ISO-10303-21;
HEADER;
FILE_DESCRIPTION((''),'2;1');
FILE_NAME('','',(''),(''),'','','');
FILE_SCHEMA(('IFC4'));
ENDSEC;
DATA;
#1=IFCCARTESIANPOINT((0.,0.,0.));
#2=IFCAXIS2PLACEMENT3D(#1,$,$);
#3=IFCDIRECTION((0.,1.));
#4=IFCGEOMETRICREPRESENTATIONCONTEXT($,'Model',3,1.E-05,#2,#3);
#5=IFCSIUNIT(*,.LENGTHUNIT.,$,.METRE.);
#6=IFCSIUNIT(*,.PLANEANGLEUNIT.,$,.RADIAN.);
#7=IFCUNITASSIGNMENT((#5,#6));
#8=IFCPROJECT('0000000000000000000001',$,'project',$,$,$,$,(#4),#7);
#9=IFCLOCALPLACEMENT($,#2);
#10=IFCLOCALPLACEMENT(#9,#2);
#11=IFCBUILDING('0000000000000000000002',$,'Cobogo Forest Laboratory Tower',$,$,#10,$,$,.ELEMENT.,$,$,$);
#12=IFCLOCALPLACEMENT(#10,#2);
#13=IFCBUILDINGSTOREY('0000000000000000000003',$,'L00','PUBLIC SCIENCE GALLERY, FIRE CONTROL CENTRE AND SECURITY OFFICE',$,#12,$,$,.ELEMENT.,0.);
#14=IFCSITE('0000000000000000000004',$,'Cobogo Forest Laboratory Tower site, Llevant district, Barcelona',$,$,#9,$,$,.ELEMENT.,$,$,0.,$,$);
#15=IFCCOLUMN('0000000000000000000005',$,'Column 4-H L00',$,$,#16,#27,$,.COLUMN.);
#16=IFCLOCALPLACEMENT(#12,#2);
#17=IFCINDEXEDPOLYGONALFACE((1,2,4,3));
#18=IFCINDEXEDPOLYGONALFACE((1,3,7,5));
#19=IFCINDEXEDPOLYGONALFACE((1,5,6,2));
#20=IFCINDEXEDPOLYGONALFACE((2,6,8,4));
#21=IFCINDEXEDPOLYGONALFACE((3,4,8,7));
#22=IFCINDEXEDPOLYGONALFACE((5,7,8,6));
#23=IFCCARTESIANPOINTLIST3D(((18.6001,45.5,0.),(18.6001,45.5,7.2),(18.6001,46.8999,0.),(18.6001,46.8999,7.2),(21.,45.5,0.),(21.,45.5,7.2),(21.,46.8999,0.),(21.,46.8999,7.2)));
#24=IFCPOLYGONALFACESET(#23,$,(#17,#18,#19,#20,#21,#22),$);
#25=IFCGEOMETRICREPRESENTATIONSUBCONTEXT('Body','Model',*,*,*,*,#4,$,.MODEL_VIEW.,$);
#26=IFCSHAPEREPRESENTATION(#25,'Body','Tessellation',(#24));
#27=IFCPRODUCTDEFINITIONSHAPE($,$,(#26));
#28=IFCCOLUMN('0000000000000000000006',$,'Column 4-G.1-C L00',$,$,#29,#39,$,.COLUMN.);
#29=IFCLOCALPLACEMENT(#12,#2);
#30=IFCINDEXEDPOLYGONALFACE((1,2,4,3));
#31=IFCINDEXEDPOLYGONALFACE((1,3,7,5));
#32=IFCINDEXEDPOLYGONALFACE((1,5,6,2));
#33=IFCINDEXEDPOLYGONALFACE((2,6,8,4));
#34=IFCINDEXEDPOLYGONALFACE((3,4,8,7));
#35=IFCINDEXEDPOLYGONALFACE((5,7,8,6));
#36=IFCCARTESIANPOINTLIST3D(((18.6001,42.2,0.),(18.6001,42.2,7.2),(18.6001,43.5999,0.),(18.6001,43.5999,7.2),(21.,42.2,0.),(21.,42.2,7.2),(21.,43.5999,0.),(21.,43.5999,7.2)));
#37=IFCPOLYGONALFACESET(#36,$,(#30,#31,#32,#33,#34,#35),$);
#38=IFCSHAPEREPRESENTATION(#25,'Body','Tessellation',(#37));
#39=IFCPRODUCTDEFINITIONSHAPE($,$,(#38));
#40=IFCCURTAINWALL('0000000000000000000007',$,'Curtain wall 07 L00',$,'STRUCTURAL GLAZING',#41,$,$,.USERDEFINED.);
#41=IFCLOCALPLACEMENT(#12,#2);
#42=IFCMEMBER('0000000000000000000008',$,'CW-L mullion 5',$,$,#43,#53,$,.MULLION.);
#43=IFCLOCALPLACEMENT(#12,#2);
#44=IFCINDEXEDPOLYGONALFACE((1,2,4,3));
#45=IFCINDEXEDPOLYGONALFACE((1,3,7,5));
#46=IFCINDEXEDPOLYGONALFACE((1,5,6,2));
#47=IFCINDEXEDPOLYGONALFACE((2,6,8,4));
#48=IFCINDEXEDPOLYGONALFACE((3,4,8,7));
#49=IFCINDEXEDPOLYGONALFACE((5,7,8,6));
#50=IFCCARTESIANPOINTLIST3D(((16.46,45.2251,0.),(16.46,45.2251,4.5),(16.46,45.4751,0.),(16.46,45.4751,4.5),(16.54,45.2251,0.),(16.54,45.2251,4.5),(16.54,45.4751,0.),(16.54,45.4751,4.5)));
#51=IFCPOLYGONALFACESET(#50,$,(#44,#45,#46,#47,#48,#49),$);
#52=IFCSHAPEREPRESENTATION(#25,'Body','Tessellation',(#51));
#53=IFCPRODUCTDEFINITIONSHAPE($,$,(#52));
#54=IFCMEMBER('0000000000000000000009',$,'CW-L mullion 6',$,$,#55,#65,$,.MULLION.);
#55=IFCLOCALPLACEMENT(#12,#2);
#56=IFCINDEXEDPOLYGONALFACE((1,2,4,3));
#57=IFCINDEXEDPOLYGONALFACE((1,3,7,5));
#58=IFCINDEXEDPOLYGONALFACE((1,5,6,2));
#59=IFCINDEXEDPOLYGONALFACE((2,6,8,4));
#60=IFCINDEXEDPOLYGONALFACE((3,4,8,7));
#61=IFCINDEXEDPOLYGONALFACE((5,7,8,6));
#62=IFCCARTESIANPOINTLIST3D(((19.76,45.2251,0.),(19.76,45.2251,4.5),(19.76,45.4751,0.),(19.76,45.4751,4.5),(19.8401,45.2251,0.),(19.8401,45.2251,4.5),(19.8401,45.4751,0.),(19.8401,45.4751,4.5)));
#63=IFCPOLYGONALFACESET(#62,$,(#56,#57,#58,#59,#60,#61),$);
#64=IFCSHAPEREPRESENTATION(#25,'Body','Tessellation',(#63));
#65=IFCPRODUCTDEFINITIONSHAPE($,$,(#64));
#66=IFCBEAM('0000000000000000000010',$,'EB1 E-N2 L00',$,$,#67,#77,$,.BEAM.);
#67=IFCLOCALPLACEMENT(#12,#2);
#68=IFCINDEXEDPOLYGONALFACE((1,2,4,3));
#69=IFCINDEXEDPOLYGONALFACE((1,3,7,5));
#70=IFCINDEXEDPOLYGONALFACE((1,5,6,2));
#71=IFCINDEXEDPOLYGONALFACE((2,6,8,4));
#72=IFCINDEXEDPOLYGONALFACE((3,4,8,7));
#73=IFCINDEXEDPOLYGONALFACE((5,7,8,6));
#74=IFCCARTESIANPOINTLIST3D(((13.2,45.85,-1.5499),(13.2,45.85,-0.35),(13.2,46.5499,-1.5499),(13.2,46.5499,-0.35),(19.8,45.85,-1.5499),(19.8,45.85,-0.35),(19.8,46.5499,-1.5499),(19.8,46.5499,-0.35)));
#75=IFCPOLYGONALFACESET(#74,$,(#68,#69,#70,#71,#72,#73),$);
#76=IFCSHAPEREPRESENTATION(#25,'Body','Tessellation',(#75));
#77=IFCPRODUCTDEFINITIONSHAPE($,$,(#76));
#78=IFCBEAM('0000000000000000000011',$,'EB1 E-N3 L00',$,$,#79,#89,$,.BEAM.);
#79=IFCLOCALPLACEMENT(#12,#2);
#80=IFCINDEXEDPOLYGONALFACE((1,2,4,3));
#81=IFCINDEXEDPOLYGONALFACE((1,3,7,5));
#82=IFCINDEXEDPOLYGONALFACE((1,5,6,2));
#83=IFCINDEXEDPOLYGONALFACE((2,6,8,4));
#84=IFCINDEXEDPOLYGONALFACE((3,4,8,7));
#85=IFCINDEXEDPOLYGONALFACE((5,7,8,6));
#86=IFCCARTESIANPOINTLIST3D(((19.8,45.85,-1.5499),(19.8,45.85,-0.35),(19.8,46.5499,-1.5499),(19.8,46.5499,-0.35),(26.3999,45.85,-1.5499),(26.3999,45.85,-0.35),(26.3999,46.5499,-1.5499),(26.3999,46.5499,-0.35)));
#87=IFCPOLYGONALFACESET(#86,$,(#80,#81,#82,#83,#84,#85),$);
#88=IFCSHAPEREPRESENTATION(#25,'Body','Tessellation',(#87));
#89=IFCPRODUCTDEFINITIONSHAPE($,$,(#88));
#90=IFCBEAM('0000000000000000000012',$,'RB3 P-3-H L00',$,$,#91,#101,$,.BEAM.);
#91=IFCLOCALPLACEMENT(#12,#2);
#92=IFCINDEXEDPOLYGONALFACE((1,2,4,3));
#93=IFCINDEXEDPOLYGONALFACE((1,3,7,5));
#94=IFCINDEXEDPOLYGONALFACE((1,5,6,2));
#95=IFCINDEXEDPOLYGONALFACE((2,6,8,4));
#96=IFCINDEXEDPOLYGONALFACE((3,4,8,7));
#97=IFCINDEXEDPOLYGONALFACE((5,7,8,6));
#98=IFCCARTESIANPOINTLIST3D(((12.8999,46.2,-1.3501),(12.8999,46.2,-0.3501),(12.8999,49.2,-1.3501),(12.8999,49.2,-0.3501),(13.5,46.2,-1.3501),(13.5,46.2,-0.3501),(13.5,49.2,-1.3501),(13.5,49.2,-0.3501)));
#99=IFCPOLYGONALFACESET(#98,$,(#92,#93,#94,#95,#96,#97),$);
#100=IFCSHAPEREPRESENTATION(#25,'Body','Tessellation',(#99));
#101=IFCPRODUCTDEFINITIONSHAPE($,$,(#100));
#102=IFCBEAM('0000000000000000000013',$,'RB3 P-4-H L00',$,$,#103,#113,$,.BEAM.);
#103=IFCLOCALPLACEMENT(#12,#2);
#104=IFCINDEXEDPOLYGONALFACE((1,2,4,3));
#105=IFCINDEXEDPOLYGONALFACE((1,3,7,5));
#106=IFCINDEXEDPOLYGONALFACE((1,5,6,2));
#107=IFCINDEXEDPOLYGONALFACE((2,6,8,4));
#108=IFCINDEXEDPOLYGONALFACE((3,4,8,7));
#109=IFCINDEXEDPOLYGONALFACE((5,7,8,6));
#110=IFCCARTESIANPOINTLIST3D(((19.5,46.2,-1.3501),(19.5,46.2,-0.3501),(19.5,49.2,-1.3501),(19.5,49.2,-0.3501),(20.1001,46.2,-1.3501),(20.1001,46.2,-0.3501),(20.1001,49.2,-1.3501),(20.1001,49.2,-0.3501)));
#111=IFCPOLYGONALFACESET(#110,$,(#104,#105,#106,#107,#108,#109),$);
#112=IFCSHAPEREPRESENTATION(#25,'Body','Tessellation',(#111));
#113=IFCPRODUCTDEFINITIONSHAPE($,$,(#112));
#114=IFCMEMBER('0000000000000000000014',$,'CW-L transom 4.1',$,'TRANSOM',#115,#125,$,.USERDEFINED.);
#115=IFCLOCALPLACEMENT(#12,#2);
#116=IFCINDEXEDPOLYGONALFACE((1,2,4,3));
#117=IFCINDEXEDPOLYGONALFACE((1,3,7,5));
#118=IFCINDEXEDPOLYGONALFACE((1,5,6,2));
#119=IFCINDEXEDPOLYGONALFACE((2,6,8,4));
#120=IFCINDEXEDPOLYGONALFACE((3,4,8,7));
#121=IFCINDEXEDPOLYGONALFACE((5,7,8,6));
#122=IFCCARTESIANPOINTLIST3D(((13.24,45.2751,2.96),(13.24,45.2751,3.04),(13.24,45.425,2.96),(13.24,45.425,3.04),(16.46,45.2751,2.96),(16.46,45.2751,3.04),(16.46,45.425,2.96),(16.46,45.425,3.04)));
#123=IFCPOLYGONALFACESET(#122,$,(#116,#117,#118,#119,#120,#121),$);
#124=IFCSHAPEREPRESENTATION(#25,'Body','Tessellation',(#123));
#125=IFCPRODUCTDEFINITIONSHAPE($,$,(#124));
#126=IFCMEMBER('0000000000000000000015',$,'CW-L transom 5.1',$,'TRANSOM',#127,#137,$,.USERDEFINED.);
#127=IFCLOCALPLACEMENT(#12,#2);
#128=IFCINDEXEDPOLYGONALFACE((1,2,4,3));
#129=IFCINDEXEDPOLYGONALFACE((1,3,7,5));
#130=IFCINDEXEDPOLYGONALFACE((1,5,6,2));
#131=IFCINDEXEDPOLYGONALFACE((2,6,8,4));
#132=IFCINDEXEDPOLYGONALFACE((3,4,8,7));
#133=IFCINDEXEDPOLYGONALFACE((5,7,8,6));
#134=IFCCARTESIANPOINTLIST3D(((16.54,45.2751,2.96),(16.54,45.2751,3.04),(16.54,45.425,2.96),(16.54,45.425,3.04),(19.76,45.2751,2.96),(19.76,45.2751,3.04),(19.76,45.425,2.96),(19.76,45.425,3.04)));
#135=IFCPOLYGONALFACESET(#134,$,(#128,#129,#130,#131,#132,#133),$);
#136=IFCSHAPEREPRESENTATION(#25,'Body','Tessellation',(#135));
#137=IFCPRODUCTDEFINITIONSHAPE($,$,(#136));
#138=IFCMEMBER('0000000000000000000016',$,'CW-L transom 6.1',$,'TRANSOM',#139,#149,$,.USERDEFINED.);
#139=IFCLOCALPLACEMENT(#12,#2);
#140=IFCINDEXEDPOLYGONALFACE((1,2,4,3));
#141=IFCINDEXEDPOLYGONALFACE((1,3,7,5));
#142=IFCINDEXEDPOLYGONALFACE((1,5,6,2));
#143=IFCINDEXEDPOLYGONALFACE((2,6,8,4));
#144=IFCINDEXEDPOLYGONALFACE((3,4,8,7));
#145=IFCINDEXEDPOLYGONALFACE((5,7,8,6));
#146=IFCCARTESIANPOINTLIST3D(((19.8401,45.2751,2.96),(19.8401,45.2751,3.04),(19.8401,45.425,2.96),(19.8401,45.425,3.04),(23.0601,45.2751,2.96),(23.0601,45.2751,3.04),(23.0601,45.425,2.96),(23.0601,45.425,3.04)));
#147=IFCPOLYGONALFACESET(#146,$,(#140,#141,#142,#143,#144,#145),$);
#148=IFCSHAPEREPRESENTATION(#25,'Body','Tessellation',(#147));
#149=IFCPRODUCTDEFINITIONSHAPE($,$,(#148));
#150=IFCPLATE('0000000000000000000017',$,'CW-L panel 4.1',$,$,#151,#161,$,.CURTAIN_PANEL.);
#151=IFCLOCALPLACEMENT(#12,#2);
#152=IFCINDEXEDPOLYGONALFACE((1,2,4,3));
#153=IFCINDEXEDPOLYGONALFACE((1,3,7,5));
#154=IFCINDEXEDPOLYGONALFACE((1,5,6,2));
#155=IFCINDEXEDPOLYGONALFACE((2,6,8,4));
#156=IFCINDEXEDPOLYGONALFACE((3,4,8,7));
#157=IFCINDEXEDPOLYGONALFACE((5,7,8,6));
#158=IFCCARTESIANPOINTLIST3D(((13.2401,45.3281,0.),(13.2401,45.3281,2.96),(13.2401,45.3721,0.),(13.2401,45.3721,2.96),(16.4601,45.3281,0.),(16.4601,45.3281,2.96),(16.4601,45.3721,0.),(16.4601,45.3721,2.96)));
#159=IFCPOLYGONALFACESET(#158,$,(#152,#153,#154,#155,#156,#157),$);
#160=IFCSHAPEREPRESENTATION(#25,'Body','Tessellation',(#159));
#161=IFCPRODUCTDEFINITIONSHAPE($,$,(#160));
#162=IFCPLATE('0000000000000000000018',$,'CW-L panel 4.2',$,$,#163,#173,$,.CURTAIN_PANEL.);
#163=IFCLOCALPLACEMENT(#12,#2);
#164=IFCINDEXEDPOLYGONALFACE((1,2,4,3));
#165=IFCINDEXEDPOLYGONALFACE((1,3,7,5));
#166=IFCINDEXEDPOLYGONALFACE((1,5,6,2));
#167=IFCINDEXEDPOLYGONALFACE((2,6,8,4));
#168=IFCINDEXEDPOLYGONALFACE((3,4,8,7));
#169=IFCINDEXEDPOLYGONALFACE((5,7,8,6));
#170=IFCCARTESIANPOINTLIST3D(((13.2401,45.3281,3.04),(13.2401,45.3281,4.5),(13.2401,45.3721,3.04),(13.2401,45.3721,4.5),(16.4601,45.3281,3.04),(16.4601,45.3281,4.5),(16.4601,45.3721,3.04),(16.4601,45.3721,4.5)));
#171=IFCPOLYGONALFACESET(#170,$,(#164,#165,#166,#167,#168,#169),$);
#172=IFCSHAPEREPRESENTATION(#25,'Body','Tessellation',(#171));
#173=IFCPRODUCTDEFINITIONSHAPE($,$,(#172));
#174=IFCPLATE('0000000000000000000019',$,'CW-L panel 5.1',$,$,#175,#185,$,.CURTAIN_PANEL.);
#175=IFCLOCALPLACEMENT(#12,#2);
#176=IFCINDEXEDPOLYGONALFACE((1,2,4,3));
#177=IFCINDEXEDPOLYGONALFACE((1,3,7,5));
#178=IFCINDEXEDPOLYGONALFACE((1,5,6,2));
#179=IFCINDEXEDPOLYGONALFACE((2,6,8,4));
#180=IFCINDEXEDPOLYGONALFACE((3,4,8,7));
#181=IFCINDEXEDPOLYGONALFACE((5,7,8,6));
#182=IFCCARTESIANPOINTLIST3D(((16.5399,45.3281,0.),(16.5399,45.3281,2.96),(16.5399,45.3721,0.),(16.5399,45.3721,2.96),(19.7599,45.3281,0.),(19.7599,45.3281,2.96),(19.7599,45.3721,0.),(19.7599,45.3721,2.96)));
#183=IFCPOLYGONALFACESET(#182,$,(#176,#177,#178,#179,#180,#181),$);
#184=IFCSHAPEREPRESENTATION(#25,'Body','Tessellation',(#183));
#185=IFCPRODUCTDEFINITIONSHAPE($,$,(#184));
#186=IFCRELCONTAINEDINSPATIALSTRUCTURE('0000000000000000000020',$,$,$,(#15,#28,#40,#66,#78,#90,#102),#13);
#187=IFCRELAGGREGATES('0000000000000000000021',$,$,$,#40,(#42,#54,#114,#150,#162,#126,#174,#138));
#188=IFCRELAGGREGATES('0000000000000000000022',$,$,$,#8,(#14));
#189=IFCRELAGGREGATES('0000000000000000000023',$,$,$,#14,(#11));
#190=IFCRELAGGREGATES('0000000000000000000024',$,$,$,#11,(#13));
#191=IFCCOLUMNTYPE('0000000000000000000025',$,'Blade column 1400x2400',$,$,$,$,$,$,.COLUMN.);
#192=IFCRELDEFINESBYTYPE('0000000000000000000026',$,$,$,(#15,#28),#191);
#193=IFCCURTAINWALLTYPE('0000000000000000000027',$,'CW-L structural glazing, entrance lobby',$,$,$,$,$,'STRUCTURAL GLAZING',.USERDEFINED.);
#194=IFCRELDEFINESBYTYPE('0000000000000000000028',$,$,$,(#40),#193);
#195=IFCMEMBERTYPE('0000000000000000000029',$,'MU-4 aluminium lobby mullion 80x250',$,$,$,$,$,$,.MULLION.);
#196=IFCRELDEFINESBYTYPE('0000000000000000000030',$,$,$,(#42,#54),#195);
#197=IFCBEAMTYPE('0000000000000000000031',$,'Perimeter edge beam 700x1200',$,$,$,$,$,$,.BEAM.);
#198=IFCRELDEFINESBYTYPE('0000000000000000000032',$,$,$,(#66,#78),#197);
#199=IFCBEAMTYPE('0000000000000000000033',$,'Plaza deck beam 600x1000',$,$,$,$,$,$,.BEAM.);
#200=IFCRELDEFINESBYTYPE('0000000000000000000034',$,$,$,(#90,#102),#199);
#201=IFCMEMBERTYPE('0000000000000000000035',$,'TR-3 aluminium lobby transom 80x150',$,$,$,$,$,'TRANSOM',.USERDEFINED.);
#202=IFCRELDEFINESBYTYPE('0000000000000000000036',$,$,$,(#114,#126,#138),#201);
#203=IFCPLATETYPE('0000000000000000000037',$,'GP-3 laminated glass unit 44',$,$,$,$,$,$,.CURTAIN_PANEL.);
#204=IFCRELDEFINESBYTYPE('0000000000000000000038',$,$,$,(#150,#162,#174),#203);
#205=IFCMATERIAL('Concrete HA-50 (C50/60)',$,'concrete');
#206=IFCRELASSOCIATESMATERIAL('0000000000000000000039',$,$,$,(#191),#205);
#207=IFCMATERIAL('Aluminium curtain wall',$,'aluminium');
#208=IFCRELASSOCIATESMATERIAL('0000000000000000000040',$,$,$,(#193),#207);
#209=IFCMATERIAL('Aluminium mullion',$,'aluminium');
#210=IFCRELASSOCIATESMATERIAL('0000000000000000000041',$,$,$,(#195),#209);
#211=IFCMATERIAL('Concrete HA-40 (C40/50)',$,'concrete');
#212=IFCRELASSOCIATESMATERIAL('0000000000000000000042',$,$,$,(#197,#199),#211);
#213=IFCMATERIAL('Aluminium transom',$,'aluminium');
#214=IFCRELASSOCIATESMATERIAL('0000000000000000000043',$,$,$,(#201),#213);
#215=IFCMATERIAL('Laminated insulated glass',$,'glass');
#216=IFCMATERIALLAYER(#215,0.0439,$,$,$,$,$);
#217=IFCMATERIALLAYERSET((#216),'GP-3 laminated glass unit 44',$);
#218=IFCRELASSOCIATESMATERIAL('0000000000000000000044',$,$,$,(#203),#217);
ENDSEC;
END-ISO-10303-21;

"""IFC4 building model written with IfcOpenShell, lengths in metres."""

from ifc_helpers import new_model, si_unit, direction, frame, origin, origin_2d, place, context, subcontext, project, spatial, rectangle, extrude, material, layer, layer_set, material_profile, profile_set, type_object, element, aggregate, save


model = new_model("IFC4")

# Units and contexts
model_context = context("Model", 3, precision=1e-05, world=origin(), true_north=direction((0.0, 1.0)))
body_context = subcontext(model_context, "Body", "Model", "MODEL_VIEW")
ifc_project = project(units=[si_unit("LENGTHUNIT", "METRE"), si_unit("PLANEANGLEUNIT", "RADIAN")], contexts=[model_context])

# Site, building, storey
site_placement = place(None, origin())
site = spatial("IfcSite", under=ifc_project, at=site_placement, Name="Cobogo Forest Laboratory Tower site, Llevant district, Barcelona", CompositionType="ELEMENT", RefElevation=0.0)
building_placement = place(site_placement, origin())
building = spatial("IfcBuilding", under=site, at=building_placement, Name="Cobogo Forest Laboratory Tower", CompositionType="ELEMENT")
storey_placement = place(building_placement, origin())
storey = spatial("IfcBuildingStorey", under=building, at=storey_placement, Name="L00", Description="PUBLIC SCIENCE GALLERY, FIRE CONTROL CENTRE AND SECURITY OFFICE", CompositionType="ELEMENT", Elevation=0.0)

# Columns
ifc_material_1 = material(Name="Concrete HA-50 (C50/60)", Category="concrete")
ifc_material_profile_1 = material_profile(ifc_material_1, rectangle(XDim=2.3999, YDim=1.3999, at=origin_2d()), Name="RC 1400x2400")
ifc_profile_set_1 = profile_set([ifc_material_profile_1], Name="Concrete HA-50 (C50/60)")
column_type = type_object("IfcColumnType", Name="Blade column 1400x2400", PredefinedType="COLUMN", material=ifc_profile_set_1)
for number, where, z_axis, x_axis, name in (
    (1, (19.8, 46.2, 0.0), (0.0, 0.0, 1.0), (1.0, 0.0, 0.0), "Column 4-H L00"),
    (2, (19.8, 42.8999, 0.0), (0.0, 0.0, 1.0), (1.0, 0.0, 0.0), "Column 4-G.1-C L00"),
):
    element("IfcColumn", number, at=place(storey_placement, frame(where, z_axis=z_axis, x_axis=x_axis)), inside=storey, type_object=column_type, Name=name, PredefinedType="COLUMN", context=body_context, shape_type="SweptSolid", body=[
        extrude(rectangle(XDim=2.3999, YDim=1.3999, at=origin_2d()), origin(), (0.0, 0.0, 1.0), 7.2),
    ])

# Curtain wall, members
ifc_material_2 = material(Name="Aluminium curtain wall", Category="aluminium")
curtain_wall_type = type_object("IfcCurtainWallType", Name="CW-L structural glazing, entrance lobby", ElementType="STRUCTURAL GLAZING", PredefinedType="USERDEFINED", material=ifc_material_2)
curtain_wall_placement = place(storey_placement, origin())
curtain_wall = element("IfcCurtainWall", 3, at=curtain_wall_placement, inside=storey, type_object=curtain_wall_type, Name="Curtain wall 07 L00", ObjectType="STRUCTURAL GLAZING", PredefinedType="USERDEFINED")
ifc_material_3 = material(Name="Aluminium mullion", Category="aluminium")
ifc_material_profile_2 = material_profile(ifc_material_3, rectangle(XDim=0.0801, YDim=0.25, at=origin_2d()), Name="AL 80x250")
ifc_profile_set_2 = profile_set([ifc_material_profile_2], Name="Aluminium mullion")
member_type_1 = type_object("IfcMemberType", Name="MU-4 aluminium lobby mullion 80x250", PredefinedType="MULLION", material=ifc_profile_set_2)
member_1_placement = place(storey_placement, frame((16.5, 45.3501, 0.0), z_axis=(0.0, 0.0, 1.0), x_axis=(1.0, 0.0, 0.0)))
member_1 = element("IfcMember", 4, at=member_1_placement, type_object=member_type_1, Name="CW-L mullion 5", PredefinedType="MULLION", context=body_context, shape_type="SweptSolid", body=[
    extrude(rectangle(XDim=0.0801, YDim=0.25, at=origin_2d()), origin(), (0.0, 0.0, 1.0), 4.5),
])
member_2_placement = place(storey_placement, frame((19.8, 45.3501, 0.0), z_axis=(0.0, 0.0, 1.0), x_axis=(1.0, 0.0, 0.0)))
member_2 = element("IfcMember", 5, at=member_2_placement, type_object=member_type_1, Name="CW-L mullion 6", PredefinedType="MULLION", context=body_context, shape_type="SweptSolid", body=[
    extrude(rectangle(XDim=0.0801, YDim=0.25, at=origin_2d()), origin(), (0.0, 0.0, 1.0), 4.5),
])

# Beams
ifc_material_4 = material(Name="Concrete HA-40 (C40/50)", Category="concrete")
ifc_material_profile_3 = material_profile(ifc_material_4, rectangle(XDim=0.7, YDim=1.2, at=origin_2d()), Name="RC 700x1200")
ifc_profile_set_3 = profile_set([ifc_material_profile_3], Name="Concrete HA-40 (C40/50)")
beam_type_1 = type_object("IfcBeamType", Name="Perimeter edge beam 700x1200", PredefinedType="BEAM", material=ifc_profile_set_3)
beam_1_placement = place(storey_placement, frame((13.2, 46.2, -0.95), z_axis=(1.0, 0.0, 0.0), x_axis=(0.0, 1.0, 0.0)))
element("IfcBeam", 6, at=beam_1_placement, inside=storey, type_object=beam_type_1, Name="EB1 E-N2 L00", PredefinedType="BEAM", context=body_context, shape_type="SweptSolid", body=[
    extrude(rectangle(XDim=0.7, YDim=1.2, at=origin_2d()), origin(), (0.0, 0.0, 1.0), 6.6001),
])
beam_2_placement = place(storey_placement, frame((19.8, 46.2, -0.95), z_axis=(1.0, 0.0, 0.0), x_axis=(0.0, 1.0, 0.0)))
element("IfcBeam", 7, at=beam_2_placement, inside=storey, type_object=beam_type_1, Name="EB1 E-N3 L00", PredefinedType="BEAM", context=body_context, shape_type="SweptSolid", body=[
    extrude(rectangle(XDim=0.7, YDim=1.2, at=origin_2d()), origin(), (0.0, 0.0, 1.0), 6.5999),
])
ifc_material_profile_4 = material_profile(ifc_material_4, rectangle(XDim=0.6001, YDim=1.0, at=origin_2d()), Name="RC 600x1000")
ifc_profile_set_4 = profile_set([ifc_material_profile_4], Name="Concrete HA-40 (C40/50)")
beam_type_2 = type_object("IfcBeamType", Name="Plaza deck beam 600x1000", PredefinedType="BEAM", material=ifc_profile_set_4)
for number, where, z_axis, x_axis, name in (
    (8, (13.2, 46.2, -0.8501), (0.0, 1.0, 0.0), (-1.0, 0.0, 0.0), "RB3 P-3-H L00"),
    (9, (19.8, 46.2, -0.8501), (0.0, 1.0, 0.0), (-1.0, 0.0, 0.0), "RB3 P-4-H L00"),
):
    element("IfcBeam", number, at=place(storey_placement, frame(where, z_axis=z_axis, x_axis=x_axis)), inside=storey, type_object=beam_type_2, Name=name, PredefinedType="BEAM", context=body_context, shape_type="SweptSolid", body=[
        extrude(rectangle(XDim=0.6001, YDim=1.0, at=origin_2d()), origin(), (0.0, 0.0, 1.0), 3.0),
    ])

# Members
ifc_material_5 = material(Name="Aluminium transom", Category="aluminium")
ifc_material_profile_5 = material_profile(ifc_material_5, rectangle(XDim=0.1499, YDim=0.0801, at=origin_2d()), Name="AL 80x150")
ifc_profile_set_5 = profile_set([ifc_material_profile_5], Name="Aluminium transom")
member_type_2 = type_object("IfcMemberType", Name="TR-3 aluminium lobby transom 80x150", ElementType="TRANSOM", PredefinedType="USERDEFINED", material=ifc_profile_set_5)
member_3_placement = place(storey_placement, frame((13.24, 45.3501, 3.0), z_axis=(1.0, 0.0, 0.0), x_axis=(0.0, 1.0, 0.0)))
member_3 = element("IfcMember", 10, at=member_3_placement, type_object=member_type_2, Name="CW-L transom 4.1", ObjectType="TRANSOM", PredefinedType="USERDEFINED", context=body_context, shape_type="SweptSolid", body=[
    extrude(rectangle(XDim=0.1499, YDim=0.0801, at=origin_2d()), origin(), (0.0, 0.0, 1.0), 3.22),
])
member_4_placement = place(storey_placement, frame((16.54, 45.3501, 3.0), z_axis=(1.0, 0.0, 0.0), x_axis=(0.0, 1.0, 0.0)))
member_4 = element("IfcMember", 11, at=member_4_placement, type_object=member_type_2, Name="CW-L transom 5.1", ObjectType="TRANSOM", PredefinedType="USERDEFINED", context=body_context, shape_type="SweptSolid", body=[
    extrude(rectangle(XDim=0.1499, YDim=0.0801, at=origin_2d()), origin(), (0.0, 0.0, 1.0), 3.22),
])
member_5_placement = place(storey_placement, frame((19.8401, 45.3501, 3.0), z_axis=(1.0, 0.0, 0.0), x_axis=(0.0, 1.0, 0.0)))
member_5 = element("IfcMember", 12, at=member_5_placement, type_object=member_type_2, Name="CW-L transom 6.1", ObjectType="TRANSOM", PredefinedType="USERDEFINED", context=body_context, shape_type="SweptSolid", body=[
    extrude(rectangle(XDim=0.1499, YDim=0.0801, at=origin_2d()), origin(), (0.0, 0.0, 1.0), 3.22),
])

# Plates
ifc_material_6 = material(Name="Laminated insulated glass", Category="glass")
ifc_layer_1 = layer(ifc_material_6, 0.0439)
ifc_layer_set_1 = layer_set([ifc_layer_1], Name="GP-3 laminated glass unit 44")
plate_type = type_object("IfcPlateType", Name="GP-3 laminated glass unit 44", PredefinedType="CURTAIN_PANEL", material=ifc_layer_set_1)
plate_1_placement = place(storey_placement, frame((14.8501, 45.3501, 0.0), z_axis=(0.0, 0.0, 1.0), x_axis=(1.0, 0.0, 0.0)))
plate_1 = element("IfcPlate", 13, at=plate_1_placement, type_object=plate_type, Name="CW-L panel 4.1", PredefinedType="CURTAIN_PANEL", context=body_context, shape_type="SweptSolid", body=[
    extrude(rectangle(XDim=3.22, YDim=0.0439, at=origin_2d()), origin(), (0.0, 0.0, 1.0), 2.96),
])
plate_2_placement = place(storey_placement, frame((14.8501, 45.3501, 3.04), z_axis=(0.0, 0.0, 1.0), x_axis=(1.0, 0.0, 0.0)))
plate_2 = element("IfcPlate", 14, at=plate_2_placement, type_object=plate_type, Name="CW-L panel 4.2", PredefinedType="CURTAIN_PANEL", context=body_context, shape_type="SweptSolid", body=[
    extrude(rectangle(XDim=3.22, YDim=0.0439, at=origin_2d()), origin(), (0.0, 0.0, 1.0), 1.46),
])
plate_3_placement = place(storey_placement, frame((18.1499, 45.3501, 0.0), z_axis=(0.0, 0.0, 1.0), x_axis=(1.0, 0.0, 0.0)))
plate_3 = element("IfcPlate", 15, at=plate_3_placement, type_object=plate_type, Name="CW-L panel 5.1", PredefinedType="CURTAIN_PANEL", context=body_context, shape_type="SweptSolid", body=[
    extrude(rectangle(XDim=3.22, YDim=0.0439, at=origin_2d()), origin(), (0.0, 0.0, 1.0), 2.96),
])
aggregate(curtain_wall, [member_1, member_2, member_3, plate_1, plate_2, member_4, plate_3, member_5])

save(model, "model.ifc")
